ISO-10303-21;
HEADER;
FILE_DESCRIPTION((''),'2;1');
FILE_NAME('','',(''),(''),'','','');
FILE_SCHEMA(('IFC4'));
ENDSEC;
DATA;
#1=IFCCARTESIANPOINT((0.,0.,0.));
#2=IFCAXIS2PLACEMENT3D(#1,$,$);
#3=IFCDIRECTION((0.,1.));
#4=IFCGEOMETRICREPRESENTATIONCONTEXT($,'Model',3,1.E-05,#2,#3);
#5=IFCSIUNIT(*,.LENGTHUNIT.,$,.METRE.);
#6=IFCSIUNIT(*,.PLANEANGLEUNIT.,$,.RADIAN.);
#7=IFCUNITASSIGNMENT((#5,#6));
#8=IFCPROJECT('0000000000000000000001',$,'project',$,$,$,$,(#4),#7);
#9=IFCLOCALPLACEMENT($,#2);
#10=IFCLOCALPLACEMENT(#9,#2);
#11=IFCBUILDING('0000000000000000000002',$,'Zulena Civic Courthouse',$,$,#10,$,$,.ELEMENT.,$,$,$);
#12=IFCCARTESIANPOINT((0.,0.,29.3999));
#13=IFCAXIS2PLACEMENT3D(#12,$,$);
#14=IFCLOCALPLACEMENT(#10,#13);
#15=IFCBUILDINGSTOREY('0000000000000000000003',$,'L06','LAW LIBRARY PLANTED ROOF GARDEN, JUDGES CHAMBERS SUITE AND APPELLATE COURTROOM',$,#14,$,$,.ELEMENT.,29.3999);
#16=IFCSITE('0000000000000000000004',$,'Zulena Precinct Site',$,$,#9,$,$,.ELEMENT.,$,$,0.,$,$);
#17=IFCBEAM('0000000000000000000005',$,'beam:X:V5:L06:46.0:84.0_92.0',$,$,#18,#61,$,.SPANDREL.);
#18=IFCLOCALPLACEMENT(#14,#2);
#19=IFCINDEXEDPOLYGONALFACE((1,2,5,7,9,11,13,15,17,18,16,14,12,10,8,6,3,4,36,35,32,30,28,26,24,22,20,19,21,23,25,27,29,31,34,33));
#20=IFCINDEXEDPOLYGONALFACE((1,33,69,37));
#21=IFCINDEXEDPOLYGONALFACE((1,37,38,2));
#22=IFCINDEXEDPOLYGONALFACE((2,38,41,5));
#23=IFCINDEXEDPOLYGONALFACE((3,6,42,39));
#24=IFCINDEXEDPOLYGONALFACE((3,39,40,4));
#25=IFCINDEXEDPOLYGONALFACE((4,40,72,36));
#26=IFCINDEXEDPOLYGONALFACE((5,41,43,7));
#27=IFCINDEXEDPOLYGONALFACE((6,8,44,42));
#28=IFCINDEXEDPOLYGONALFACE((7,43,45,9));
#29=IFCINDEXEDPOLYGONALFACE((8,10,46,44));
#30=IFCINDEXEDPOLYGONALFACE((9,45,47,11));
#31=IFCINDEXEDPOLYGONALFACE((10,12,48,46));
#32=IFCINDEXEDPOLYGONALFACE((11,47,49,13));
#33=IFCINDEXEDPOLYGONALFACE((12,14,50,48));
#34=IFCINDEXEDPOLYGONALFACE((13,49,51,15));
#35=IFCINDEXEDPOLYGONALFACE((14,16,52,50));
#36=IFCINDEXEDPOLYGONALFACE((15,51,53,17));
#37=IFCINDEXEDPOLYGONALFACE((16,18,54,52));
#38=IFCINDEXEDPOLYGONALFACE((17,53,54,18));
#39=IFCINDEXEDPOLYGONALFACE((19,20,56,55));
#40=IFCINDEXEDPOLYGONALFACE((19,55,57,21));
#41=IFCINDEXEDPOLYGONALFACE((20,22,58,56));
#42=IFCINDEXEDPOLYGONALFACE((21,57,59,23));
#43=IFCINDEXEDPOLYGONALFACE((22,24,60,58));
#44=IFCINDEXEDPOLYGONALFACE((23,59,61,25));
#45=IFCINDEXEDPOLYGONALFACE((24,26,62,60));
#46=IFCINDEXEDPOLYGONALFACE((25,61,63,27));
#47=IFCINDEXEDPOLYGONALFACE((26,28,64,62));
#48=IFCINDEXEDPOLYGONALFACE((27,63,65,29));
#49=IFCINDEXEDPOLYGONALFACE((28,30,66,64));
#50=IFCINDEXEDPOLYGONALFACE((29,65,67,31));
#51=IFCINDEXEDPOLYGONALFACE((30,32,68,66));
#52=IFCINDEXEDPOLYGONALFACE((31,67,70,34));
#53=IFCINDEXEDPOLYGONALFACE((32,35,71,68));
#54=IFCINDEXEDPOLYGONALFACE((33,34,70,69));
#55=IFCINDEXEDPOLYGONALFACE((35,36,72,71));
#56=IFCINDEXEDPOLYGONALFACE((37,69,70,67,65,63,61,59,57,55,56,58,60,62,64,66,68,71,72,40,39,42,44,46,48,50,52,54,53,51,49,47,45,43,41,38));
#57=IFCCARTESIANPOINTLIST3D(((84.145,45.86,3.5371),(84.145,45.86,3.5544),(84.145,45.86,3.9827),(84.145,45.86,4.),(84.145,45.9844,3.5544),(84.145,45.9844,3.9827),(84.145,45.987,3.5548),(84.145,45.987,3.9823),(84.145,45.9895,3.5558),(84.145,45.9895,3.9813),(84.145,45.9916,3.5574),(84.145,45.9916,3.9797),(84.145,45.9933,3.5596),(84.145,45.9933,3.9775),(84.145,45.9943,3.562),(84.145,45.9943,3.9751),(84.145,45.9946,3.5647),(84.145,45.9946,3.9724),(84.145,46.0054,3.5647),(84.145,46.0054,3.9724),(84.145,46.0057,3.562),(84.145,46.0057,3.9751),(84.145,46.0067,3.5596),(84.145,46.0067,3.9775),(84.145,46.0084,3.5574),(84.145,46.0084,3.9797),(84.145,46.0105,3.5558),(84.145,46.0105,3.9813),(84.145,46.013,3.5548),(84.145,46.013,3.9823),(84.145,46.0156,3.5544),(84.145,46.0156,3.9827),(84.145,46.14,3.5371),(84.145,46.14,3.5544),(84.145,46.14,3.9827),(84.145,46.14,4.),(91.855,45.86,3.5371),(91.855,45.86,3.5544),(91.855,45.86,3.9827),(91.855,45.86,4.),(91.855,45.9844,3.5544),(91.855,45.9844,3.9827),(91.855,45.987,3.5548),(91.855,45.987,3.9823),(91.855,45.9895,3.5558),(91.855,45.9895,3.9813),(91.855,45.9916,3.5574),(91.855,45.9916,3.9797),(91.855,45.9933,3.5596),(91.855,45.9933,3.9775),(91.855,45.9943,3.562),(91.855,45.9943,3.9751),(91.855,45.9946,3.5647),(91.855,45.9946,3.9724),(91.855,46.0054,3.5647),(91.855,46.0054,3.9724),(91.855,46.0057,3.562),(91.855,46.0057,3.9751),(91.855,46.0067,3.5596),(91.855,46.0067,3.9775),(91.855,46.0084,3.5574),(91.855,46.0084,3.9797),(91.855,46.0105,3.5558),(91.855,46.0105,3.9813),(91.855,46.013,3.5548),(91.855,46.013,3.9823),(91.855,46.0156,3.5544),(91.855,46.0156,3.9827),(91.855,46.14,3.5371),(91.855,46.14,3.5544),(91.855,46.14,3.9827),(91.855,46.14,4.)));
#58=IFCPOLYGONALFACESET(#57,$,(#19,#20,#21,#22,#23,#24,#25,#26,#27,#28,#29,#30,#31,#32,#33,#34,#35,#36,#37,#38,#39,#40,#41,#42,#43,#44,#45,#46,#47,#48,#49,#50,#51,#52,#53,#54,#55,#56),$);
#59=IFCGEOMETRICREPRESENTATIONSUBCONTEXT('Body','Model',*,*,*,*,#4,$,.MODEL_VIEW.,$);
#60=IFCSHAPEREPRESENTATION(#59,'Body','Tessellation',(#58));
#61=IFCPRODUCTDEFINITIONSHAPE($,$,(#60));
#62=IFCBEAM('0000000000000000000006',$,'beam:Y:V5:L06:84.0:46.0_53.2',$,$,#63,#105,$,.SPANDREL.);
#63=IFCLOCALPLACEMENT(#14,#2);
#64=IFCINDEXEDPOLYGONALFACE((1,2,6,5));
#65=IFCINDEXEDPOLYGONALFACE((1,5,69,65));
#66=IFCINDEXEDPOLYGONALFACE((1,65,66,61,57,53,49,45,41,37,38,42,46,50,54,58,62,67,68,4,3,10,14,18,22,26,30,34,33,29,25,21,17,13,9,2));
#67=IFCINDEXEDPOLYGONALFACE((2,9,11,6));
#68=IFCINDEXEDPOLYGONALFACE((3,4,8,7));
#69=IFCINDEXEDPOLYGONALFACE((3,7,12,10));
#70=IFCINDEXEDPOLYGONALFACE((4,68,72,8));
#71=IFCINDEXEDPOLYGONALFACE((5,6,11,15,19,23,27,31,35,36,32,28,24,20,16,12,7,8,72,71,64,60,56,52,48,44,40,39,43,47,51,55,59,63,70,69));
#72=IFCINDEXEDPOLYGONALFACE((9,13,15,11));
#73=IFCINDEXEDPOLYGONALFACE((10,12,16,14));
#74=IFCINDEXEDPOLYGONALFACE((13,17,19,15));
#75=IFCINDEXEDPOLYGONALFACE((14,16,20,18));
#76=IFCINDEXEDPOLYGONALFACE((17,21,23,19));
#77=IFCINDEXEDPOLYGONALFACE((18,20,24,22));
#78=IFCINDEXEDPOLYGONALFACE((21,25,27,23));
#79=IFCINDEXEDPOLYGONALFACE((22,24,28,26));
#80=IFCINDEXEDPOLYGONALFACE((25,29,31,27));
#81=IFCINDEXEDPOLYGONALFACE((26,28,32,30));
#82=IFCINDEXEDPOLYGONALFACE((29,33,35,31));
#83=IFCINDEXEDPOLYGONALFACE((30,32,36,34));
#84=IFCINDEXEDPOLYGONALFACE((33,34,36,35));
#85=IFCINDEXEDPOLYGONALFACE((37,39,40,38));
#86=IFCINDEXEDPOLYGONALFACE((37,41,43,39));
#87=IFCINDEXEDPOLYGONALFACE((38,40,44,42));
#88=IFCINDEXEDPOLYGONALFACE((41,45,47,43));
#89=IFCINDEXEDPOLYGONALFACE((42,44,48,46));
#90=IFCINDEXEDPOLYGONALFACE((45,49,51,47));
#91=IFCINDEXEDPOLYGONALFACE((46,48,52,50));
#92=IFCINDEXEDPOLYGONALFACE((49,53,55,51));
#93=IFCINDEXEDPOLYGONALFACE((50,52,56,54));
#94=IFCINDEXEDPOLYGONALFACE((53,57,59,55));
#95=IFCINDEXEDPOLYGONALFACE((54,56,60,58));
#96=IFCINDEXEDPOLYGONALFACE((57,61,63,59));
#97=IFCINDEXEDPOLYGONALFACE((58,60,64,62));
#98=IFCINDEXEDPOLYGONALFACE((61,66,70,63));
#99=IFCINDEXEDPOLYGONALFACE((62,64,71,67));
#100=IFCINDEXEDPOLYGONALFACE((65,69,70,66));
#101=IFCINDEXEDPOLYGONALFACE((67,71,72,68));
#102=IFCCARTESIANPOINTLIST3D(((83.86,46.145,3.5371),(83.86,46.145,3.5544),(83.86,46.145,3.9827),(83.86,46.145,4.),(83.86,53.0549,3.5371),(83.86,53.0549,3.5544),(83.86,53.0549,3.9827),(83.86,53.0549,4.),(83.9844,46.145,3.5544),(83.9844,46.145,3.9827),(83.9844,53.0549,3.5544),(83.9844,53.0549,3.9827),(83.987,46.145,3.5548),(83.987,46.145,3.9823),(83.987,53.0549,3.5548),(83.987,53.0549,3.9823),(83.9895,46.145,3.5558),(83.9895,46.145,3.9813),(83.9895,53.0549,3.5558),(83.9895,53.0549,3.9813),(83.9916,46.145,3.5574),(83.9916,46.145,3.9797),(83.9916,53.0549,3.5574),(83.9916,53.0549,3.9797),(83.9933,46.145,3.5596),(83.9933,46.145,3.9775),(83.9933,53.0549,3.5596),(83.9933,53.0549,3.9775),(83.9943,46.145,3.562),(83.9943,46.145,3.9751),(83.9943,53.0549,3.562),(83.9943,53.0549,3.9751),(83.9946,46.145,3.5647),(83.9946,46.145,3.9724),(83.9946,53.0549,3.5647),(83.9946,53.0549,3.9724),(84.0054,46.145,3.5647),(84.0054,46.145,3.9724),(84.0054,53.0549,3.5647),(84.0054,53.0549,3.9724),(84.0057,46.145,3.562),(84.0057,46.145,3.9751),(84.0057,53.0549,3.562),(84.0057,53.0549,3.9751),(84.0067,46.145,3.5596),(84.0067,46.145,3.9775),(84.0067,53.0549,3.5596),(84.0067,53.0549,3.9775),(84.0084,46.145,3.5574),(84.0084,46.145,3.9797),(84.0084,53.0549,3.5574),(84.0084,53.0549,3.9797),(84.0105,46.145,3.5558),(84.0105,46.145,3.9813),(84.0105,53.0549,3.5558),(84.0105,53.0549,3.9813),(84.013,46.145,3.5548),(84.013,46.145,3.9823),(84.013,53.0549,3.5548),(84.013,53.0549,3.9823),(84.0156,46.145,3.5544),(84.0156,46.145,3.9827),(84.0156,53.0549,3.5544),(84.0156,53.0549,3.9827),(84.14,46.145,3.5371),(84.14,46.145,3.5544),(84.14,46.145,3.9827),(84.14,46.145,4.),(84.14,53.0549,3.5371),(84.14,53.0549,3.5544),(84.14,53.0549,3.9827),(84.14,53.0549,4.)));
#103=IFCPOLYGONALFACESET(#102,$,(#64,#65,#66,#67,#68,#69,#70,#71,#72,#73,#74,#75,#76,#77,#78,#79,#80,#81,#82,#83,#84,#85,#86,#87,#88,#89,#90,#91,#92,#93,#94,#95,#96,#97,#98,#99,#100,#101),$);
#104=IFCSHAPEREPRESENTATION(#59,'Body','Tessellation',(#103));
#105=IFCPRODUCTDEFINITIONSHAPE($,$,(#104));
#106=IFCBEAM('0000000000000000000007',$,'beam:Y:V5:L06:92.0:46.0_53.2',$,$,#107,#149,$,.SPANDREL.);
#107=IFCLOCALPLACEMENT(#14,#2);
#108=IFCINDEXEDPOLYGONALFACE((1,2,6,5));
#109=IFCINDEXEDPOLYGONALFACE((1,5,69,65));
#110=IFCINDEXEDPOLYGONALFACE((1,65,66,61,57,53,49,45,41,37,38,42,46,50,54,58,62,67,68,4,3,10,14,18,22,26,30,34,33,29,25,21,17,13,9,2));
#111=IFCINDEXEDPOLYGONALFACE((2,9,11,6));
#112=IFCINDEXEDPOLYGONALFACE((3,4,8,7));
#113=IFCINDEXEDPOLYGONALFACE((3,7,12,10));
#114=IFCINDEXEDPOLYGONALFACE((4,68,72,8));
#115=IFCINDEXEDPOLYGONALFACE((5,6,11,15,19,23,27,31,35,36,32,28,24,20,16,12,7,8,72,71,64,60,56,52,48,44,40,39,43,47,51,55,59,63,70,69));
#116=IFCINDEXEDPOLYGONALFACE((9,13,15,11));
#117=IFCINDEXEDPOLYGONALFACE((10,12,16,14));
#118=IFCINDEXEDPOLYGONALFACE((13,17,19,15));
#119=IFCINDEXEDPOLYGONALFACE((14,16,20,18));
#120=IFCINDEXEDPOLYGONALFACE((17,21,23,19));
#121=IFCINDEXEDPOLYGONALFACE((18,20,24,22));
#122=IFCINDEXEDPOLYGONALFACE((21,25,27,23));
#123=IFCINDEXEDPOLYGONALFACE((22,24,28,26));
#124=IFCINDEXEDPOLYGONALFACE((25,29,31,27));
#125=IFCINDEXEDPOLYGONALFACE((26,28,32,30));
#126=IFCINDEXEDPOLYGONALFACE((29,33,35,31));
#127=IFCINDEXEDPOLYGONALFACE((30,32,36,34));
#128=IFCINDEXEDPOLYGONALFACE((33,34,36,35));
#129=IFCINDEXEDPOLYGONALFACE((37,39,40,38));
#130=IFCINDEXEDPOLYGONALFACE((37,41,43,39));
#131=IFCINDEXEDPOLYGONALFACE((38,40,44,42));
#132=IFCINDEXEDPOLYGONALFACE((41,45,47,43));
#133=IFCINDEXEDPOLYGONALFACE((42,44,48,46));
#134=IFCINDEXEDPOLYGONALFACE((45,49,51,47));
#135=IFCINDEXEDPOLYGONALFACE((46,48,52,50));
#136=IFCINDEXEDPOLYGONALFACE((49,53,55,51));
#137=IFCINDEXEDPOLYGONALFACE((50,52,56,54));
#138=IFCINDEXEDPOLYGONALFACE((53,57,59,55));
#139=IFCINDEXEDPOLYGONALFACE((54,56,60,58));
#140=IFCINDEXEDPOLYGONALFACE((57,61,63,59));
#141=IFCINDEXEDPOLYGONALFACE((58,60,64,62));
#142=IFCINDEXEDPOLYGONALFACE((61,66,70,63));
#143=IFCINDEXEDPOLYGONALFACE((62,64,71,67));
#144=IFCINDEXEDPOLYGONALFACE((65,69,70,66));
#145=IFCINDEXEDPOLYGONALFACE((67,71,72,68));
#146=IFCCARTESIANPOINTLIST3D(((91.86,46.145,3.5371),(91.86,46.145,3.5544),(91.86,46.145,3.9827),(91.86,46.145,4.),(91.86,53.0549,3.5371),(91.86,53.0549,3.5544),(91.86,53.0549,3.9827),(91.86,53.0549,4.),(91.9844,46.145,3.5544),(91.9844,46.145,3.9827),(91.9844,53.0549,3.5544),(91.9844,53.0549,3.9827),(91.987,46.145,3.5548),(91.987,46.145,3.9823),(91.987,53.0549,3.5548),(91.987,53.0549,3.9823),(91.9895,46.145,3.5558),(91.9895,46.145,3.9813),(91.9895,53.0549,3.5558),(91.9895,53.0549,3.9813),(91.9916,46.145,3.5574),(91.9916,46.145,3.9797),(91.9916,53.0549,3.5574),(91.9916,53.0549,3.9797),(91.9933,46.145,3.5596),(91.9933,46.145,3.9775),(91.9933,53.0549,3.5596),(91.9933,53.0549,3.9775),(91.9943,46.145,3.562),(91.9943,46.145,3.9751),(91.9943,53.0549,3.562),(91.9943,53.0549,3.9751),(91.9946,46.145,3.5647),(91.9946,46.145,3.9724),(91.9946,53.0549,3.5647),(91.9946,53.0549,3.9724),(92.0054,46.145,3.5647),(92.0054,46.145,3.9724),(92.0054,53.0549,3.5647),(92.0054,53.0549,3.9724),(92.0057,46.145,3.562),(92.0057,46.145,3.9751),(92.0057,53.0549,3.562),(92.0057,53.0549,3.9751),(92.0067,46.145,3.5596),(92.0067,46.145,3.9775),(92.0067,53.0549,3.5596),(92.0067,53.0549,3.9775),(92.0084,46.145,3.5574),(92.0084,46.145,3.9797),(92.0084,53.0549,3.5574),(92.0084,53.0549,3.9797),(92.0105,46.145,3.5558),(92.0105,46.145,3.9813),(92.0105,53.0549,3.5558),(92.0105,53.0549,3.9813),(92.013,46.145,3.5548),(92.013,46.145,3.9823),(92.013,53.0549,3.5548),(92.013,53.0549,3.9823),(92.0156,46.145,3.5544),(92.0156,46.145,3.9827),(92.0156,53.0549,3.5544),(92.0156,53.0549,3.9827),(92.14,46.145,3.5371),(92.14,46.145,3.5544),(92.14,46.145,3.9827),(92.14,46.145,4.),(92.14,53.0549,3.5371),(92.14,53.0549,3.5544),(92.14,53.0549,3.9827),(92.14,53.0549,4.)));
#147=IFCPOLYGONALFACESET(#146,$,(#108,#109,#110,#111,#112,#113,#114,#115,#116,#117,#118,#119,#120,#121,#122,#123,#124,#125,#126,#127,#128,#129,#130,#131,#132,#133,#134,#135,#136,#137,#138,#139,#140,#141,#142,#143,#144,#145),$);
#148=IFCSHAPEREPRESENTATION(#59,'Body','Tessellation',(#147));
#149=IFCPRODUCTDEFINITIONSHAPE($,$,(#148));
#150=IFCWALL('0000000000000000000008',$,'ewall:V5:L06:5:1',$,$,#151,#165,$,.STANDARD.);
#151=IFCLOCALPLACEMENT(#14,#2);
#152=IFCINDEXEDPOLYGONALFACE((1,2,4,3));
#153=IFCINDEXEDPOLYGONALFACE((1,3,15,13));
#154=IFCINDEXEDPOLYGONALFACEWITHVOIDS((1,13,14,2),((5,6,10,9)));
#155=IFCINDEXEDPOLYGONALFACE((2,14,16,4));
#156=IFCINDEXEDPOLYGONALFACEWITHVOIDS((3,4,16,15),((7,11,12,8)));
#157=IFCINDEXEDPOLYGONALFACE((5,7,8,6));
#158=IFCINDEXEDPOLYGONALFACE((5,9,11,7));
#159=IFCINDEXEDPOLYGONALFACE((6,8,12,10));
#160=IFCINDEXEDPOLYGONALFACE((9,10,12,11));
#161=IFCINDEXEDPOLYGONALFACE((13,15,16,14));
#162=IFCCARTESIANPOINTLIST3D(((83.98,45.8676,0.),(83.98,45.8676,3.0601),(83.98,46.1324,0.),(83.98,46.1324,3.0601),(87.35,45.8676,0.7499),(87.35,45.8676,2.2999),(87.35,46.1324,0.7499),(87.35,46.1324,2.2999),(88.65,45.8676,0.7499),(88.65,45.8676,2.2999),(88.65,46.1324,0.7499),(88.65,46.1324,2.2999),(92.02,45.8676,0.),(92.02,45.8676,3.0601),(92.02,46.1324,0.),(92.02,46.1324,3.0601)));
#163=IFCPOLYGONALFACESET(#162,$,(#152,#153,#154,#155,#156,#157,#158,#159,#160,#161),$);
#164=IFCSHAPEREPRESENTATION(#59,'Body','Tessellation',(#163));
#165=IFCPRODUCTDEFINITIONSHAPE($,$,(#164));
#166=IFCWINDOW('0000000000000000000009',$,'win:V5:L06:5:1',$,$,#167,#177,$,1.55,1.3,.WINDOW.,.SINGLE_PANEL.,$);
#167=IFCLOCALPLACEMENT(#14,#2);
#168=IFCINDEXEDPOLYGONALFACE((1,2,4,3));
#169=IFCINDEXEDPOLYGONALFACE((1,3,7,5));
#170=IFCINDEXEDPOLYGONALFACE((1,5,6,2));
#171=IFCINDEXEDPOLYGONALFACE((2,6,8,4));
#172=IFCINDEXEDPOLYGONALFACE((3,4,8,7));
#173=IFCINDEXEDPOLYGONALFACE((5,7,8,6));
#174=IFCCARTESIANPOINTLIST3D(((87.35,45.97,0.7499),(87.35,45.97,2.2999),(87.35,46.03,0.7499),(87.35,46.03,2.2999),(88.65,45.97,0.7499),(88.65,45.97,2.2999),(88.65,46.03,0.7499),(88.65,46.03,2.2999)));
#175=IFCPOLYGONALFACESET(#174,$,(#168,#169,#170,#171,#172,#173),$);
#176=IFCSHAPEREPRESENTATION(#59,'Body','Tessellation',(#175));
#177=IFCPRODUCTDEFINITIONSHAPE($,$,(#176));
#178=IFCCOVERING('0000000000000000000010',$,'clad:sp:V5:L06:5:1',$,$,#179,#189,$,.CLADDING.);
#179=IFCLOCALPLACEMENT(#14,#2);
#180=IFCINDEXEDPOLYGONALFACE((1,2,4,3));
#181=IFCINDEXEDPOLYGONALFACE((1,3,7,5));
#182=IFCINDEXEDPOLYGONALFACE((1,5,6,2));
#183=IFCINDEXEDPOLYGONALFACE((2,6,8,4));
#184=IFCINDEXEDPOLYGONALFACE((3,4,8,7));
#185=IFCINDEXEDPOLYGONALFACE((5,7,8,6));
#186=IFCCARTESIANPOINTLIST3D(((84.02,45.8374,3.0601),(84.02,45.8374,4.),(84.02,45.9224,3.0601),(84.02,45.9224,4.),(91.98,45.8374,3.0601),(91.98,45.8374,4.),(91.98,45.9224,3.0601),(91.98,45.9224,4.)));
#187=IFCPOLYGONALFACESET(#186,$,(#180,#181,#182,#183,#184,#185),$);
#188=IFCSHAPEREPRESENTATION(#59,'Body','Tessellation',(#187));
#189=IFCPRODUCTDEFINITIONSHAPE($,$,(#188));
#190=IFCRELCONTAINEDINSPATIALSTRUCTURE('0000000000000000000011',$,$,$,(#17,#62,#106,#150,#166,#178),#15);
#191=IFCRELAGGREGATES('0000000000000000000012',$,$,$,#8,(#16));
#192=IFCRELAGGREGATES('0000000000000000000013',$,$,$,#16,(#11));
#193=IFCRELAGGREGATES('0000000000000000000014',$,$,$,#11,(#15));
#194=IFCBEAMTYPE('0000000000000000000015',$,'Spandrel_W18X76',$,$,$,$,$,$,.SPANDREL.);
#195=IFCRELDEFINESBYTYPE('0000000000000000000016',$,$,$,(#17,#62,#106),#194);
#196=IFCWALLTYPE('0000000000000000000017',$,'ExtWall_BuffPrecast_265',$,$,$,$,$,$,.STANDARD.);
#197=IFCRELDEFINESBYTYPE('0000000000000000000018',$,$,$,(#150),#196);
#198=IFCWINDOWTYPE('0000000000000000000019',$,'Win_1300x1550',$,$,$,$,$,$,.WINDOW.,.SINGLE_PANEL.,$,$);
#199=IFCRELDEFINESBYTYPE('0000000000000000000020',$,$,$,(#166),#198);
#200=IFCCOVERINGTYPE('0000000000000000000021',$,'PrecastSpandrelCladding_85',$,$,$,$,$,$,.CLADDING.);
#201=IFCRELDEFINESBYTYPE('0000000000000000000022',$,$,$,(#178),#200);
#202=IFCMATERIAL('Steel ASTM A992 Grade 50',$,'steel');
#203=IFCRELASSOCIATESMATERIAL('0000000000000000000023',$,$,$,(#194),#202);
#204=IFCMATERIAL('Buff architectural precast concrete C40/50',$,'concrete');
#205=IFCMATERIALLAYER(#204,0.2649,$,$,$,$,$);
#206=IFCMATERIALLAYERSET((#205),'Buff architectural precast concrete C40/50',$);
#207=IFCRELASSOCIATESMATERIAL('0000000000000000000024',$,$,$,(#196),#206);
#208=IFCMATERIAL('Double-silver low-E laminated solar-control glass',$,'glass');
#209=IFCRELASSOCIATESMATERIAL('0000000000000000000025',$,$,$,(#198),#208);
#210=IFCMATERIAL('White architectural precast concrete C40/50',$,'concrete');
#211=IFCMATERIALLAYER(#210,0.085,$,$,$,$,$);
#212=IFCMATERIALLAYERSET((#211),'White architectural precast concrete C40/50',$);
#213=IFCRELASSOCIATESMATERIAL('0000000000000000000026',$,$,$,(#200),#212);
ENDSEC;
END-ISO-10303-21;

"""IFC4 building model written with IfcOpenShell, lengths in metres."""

from ifc_helpers import new_model, si_unit, direction, frame, frame_2d, origin, origin_2d, place, context, subcontext, project, spatial, rectangle, i_section, extrude, material, layer, layer_set, material_profile, profile_set, type_object, element, fill, save


model = new_model("IFC4")

# Units and contexts
model_context = context("Model", 3, precision=1e-05, world=origin(), true_north=direction((0.0, 1.0)))
body_context = subcontext(model_context, "Body", "Model", "MODEL_VIEW")
ifc_project = project(units=[si_unit("LENGTHUNIT", "METRE"), si_unit("PLANEANGLEUNIT", "RADIAN")], contexts=[model_context])

# Site, building, storey
site_placement = place(None, origin())
site = spatial("IfcSite", under=ifc_project, at=site_placement, Name="Zulena Precinct Site", CompositionType="ELEMENT", RefElevation=0.0)
building_placement = place(site_placement, origin())
building = spatial("IfcBuilding", under=site, at=building_placement, Name="Zulena Civic Courthouse", CompositionType="ELEMENT")
storey_placement = place(building_placement, frame((0.0, 0.0, 29.3999)))
storey = spatial("IfcBuildingStorey", under=building, at=storey_placement, Name="L06", Description="LAW LIBRARY PLANTED ROOF GARDEN, JUDGES CHAMBERS SUITE AND APPELLATE COURTROOM", CompositionType="ELEMENT", Elevation=29.3999)

# Shared definitions
ifc_material_1 = material(Name="Steel ASTM A992 Grade 50", Category="steel")

# Shared definitions
ifc_material_2 = material(Name="Double-silver low-E laminated solar-control glass", Category="glass")

# Beams
ifc_material_profile_1 = material_profile(ifc_material_1, i_section(OverallWidth=0.28, OverallDepth=0.4629, WebThickness=0.0107, FlangeThickness=0.0173, FilletRadius=0.0103, at=origin_2d()), Name="W18X76")
ifc_profile_set_1 = profile_set([ifc_material_profile_1], Name="Steel ASTM A992 Grade 50")
beam_type_1 = type_object("IfcBeamType", Name="Spandrel_W18X76", PredefinedType="SPANDREL", material=ifc_profile_set_1)
beam_1_placement = place(storey_placement, frame((84.145, 46.0, 3.7686), z_axis=(1.0, 0.0, 0.0), x_axis=(0.0, 1.0, 0.0)))
element("IfcBeam", 1, at=beam_1_placement, inside=storey, type_object=beam_type_1, Name="beam:X:V5:L06:46.0:84.0_92.0", PredefinedType="SPANDREL", context=body_context, shape_type="SweptSolid", body=[
    extrude(i_section(OverallWidth=0.28, OverallDepth=0.4629, WebThickness=0.0107, FlangeThickness=0.0173, FilletRadius=0.0103, at=origin_2d()), origin(), (0.0, 0.0, 1.0), 7.71),
])
for number, where, z_axis, x_axis, name in (
    (2, (84.0, 46.145, 3.7686), (0.0, 1.0, 0.0), (-1.0, 0.0, 0.0), "beam:Y:V5:L06:84.0:46.0_53.2"),
    (3, (92.0, 46.145, 3.7686), (0.0, 1.0, 0.0), (-1.0, 0.0, 0.0), "beam:Y:V5:L06:92.0:46.0_53.2"),
):
    element("IfcBeam", number, at=place(storey_placement, frame(where, z_axis=z_axis, x_axis=x_axis)), inside=storey, type_object=beam_type_1, Name=name, PredefinedType="SPANDREL", context=body_context, shape_type="SweptSolid", body=[
        extrude(i_section(OverallWidth=0.28, OverallDepth=0.4629, WebThickness=0.0107, FlangeThickness=0.0173, FilletRadius=0.0103, at=origin_2d()), origin(), (0.0, 0.0, 1.0), 6.9099),
    ])

# Wall, opening, window
ifc_material_3 = material(Name="Buff architectural precast concrete C40/50", Category="concrete")
ifc_layer_1 = layer(ifc_material_3, 0.2649)
ifc_layer_set_1 = layer_set([ifc_layer_1], Name="Buff architectural precast concrete C40/50")
wall_type = type_object("IfcWallType", Name="ExtWall_BuffPrecast_265", PredefinedType="STANDARD", material=ifc_layer_set_1)
wall_placement = place(storey_placement, frame((92.02, 46.0, 0.0), z_axis=(0.0, 0.0, 1.0), x_axis=(-1.0, 0.0, 0.0)))
wall = element("IfcWall", 4, at=wall_placement, inside=storey, type_object=wall_type, Name="ewall:V5:L06:5:1", PredefinedType="STANDARD", context=body_context, shape_type="SweptSolid", body=[
    extrude(rectangle(XDim=8.04, YDim=0.2649, at=frame_2d((4.02, 0.0))), origin(), (0.0, 0.0, 1.0), 3.0601),
])
opening_placement = place(wall_placement, frame((3.3701, 0.0, 0.75)))
opening = element("IfcOpeningElement", 5, at=opening_placement, cuts=wall, PredefinedType="OPENING", context=body_context, shape_type="SweptSolid", body=[
    extrude(rectangle(XDim=1.3, YDim=1.55, at=frame_2d((0.6499, 0.7749))), frame((0.0, 0.1423, 0.0), z_axis=(0.0, -1.0, 0.0), x_axis=(1.0, 0.0, 0.0)), (0.0, 0.0, 1.0), 0.2849),
])
window_type = type_object("IfcWindowType", Name="Win_1300x1550", PartitioningType="SINGLE_PANEL", PredefinedType="WINDOW", material=ifc_material_2)
window_placement = place(opening_placement, origin())
window = element("IfcWindow", 6, at=window_placement, inside=storey, type_object=window_type, Name="win:V5:L06:5:1", OverallHeight=1.55, OverallWidth=1.3, PartitioningType="SINGLE_PANEL", PredefinedType="WINDOW", context=body_context, shape_type="SweptSolid", body=[
    extrude(rectangle(XDim=1.3, YDim=1.55, at=frame_2d((0.6499, 0.7749))), frame((0.0, 0.03, 0.0), z_axis=(0.0, -1.0, 0.0), x_axis=(1.0, 0.0, 0.0)), (0.0, 0.0, 1.0), 0.0601),
])
fill(opening, window)

# Covering
ifc_material_4 = material(Name="White architectural precast concrete C40/50", Category="concrete")
ifc_layer_2 = layer(ifc_material_4, 0.085)
ifc_layer_set_2 = layer_set([ifc_layer_2], Name="White architectural precast concrete C40/50")
covering_type = type_object("IfcCoveringType", Name="PrecastSpandrelCladding_85", PredefinedType="CLADDING", material=ifc_layer_set_2)
covering_placement = place(storey_placement, frame((88.0, 45.8799, 3.0601), z_axis=(0.0, 0.0, 1.0), x_axis=(-1.0, 0.0, 0.0)))
element("IfcCovering", 7, at=covering_placement, inside=storey, type_object=covering_type, Name="clad:sp:V5:L06:5:1", PredefinedType="CLADDING", context=body_context, shape_type="SweptSolid", body=[
    extrude(rectangle(XDim=7.96, YDim=0.085, at=origin_2d()), origin(), (0.0, 0.0, 1.0), 0.9399),
])

save(model, "model.ifc")
